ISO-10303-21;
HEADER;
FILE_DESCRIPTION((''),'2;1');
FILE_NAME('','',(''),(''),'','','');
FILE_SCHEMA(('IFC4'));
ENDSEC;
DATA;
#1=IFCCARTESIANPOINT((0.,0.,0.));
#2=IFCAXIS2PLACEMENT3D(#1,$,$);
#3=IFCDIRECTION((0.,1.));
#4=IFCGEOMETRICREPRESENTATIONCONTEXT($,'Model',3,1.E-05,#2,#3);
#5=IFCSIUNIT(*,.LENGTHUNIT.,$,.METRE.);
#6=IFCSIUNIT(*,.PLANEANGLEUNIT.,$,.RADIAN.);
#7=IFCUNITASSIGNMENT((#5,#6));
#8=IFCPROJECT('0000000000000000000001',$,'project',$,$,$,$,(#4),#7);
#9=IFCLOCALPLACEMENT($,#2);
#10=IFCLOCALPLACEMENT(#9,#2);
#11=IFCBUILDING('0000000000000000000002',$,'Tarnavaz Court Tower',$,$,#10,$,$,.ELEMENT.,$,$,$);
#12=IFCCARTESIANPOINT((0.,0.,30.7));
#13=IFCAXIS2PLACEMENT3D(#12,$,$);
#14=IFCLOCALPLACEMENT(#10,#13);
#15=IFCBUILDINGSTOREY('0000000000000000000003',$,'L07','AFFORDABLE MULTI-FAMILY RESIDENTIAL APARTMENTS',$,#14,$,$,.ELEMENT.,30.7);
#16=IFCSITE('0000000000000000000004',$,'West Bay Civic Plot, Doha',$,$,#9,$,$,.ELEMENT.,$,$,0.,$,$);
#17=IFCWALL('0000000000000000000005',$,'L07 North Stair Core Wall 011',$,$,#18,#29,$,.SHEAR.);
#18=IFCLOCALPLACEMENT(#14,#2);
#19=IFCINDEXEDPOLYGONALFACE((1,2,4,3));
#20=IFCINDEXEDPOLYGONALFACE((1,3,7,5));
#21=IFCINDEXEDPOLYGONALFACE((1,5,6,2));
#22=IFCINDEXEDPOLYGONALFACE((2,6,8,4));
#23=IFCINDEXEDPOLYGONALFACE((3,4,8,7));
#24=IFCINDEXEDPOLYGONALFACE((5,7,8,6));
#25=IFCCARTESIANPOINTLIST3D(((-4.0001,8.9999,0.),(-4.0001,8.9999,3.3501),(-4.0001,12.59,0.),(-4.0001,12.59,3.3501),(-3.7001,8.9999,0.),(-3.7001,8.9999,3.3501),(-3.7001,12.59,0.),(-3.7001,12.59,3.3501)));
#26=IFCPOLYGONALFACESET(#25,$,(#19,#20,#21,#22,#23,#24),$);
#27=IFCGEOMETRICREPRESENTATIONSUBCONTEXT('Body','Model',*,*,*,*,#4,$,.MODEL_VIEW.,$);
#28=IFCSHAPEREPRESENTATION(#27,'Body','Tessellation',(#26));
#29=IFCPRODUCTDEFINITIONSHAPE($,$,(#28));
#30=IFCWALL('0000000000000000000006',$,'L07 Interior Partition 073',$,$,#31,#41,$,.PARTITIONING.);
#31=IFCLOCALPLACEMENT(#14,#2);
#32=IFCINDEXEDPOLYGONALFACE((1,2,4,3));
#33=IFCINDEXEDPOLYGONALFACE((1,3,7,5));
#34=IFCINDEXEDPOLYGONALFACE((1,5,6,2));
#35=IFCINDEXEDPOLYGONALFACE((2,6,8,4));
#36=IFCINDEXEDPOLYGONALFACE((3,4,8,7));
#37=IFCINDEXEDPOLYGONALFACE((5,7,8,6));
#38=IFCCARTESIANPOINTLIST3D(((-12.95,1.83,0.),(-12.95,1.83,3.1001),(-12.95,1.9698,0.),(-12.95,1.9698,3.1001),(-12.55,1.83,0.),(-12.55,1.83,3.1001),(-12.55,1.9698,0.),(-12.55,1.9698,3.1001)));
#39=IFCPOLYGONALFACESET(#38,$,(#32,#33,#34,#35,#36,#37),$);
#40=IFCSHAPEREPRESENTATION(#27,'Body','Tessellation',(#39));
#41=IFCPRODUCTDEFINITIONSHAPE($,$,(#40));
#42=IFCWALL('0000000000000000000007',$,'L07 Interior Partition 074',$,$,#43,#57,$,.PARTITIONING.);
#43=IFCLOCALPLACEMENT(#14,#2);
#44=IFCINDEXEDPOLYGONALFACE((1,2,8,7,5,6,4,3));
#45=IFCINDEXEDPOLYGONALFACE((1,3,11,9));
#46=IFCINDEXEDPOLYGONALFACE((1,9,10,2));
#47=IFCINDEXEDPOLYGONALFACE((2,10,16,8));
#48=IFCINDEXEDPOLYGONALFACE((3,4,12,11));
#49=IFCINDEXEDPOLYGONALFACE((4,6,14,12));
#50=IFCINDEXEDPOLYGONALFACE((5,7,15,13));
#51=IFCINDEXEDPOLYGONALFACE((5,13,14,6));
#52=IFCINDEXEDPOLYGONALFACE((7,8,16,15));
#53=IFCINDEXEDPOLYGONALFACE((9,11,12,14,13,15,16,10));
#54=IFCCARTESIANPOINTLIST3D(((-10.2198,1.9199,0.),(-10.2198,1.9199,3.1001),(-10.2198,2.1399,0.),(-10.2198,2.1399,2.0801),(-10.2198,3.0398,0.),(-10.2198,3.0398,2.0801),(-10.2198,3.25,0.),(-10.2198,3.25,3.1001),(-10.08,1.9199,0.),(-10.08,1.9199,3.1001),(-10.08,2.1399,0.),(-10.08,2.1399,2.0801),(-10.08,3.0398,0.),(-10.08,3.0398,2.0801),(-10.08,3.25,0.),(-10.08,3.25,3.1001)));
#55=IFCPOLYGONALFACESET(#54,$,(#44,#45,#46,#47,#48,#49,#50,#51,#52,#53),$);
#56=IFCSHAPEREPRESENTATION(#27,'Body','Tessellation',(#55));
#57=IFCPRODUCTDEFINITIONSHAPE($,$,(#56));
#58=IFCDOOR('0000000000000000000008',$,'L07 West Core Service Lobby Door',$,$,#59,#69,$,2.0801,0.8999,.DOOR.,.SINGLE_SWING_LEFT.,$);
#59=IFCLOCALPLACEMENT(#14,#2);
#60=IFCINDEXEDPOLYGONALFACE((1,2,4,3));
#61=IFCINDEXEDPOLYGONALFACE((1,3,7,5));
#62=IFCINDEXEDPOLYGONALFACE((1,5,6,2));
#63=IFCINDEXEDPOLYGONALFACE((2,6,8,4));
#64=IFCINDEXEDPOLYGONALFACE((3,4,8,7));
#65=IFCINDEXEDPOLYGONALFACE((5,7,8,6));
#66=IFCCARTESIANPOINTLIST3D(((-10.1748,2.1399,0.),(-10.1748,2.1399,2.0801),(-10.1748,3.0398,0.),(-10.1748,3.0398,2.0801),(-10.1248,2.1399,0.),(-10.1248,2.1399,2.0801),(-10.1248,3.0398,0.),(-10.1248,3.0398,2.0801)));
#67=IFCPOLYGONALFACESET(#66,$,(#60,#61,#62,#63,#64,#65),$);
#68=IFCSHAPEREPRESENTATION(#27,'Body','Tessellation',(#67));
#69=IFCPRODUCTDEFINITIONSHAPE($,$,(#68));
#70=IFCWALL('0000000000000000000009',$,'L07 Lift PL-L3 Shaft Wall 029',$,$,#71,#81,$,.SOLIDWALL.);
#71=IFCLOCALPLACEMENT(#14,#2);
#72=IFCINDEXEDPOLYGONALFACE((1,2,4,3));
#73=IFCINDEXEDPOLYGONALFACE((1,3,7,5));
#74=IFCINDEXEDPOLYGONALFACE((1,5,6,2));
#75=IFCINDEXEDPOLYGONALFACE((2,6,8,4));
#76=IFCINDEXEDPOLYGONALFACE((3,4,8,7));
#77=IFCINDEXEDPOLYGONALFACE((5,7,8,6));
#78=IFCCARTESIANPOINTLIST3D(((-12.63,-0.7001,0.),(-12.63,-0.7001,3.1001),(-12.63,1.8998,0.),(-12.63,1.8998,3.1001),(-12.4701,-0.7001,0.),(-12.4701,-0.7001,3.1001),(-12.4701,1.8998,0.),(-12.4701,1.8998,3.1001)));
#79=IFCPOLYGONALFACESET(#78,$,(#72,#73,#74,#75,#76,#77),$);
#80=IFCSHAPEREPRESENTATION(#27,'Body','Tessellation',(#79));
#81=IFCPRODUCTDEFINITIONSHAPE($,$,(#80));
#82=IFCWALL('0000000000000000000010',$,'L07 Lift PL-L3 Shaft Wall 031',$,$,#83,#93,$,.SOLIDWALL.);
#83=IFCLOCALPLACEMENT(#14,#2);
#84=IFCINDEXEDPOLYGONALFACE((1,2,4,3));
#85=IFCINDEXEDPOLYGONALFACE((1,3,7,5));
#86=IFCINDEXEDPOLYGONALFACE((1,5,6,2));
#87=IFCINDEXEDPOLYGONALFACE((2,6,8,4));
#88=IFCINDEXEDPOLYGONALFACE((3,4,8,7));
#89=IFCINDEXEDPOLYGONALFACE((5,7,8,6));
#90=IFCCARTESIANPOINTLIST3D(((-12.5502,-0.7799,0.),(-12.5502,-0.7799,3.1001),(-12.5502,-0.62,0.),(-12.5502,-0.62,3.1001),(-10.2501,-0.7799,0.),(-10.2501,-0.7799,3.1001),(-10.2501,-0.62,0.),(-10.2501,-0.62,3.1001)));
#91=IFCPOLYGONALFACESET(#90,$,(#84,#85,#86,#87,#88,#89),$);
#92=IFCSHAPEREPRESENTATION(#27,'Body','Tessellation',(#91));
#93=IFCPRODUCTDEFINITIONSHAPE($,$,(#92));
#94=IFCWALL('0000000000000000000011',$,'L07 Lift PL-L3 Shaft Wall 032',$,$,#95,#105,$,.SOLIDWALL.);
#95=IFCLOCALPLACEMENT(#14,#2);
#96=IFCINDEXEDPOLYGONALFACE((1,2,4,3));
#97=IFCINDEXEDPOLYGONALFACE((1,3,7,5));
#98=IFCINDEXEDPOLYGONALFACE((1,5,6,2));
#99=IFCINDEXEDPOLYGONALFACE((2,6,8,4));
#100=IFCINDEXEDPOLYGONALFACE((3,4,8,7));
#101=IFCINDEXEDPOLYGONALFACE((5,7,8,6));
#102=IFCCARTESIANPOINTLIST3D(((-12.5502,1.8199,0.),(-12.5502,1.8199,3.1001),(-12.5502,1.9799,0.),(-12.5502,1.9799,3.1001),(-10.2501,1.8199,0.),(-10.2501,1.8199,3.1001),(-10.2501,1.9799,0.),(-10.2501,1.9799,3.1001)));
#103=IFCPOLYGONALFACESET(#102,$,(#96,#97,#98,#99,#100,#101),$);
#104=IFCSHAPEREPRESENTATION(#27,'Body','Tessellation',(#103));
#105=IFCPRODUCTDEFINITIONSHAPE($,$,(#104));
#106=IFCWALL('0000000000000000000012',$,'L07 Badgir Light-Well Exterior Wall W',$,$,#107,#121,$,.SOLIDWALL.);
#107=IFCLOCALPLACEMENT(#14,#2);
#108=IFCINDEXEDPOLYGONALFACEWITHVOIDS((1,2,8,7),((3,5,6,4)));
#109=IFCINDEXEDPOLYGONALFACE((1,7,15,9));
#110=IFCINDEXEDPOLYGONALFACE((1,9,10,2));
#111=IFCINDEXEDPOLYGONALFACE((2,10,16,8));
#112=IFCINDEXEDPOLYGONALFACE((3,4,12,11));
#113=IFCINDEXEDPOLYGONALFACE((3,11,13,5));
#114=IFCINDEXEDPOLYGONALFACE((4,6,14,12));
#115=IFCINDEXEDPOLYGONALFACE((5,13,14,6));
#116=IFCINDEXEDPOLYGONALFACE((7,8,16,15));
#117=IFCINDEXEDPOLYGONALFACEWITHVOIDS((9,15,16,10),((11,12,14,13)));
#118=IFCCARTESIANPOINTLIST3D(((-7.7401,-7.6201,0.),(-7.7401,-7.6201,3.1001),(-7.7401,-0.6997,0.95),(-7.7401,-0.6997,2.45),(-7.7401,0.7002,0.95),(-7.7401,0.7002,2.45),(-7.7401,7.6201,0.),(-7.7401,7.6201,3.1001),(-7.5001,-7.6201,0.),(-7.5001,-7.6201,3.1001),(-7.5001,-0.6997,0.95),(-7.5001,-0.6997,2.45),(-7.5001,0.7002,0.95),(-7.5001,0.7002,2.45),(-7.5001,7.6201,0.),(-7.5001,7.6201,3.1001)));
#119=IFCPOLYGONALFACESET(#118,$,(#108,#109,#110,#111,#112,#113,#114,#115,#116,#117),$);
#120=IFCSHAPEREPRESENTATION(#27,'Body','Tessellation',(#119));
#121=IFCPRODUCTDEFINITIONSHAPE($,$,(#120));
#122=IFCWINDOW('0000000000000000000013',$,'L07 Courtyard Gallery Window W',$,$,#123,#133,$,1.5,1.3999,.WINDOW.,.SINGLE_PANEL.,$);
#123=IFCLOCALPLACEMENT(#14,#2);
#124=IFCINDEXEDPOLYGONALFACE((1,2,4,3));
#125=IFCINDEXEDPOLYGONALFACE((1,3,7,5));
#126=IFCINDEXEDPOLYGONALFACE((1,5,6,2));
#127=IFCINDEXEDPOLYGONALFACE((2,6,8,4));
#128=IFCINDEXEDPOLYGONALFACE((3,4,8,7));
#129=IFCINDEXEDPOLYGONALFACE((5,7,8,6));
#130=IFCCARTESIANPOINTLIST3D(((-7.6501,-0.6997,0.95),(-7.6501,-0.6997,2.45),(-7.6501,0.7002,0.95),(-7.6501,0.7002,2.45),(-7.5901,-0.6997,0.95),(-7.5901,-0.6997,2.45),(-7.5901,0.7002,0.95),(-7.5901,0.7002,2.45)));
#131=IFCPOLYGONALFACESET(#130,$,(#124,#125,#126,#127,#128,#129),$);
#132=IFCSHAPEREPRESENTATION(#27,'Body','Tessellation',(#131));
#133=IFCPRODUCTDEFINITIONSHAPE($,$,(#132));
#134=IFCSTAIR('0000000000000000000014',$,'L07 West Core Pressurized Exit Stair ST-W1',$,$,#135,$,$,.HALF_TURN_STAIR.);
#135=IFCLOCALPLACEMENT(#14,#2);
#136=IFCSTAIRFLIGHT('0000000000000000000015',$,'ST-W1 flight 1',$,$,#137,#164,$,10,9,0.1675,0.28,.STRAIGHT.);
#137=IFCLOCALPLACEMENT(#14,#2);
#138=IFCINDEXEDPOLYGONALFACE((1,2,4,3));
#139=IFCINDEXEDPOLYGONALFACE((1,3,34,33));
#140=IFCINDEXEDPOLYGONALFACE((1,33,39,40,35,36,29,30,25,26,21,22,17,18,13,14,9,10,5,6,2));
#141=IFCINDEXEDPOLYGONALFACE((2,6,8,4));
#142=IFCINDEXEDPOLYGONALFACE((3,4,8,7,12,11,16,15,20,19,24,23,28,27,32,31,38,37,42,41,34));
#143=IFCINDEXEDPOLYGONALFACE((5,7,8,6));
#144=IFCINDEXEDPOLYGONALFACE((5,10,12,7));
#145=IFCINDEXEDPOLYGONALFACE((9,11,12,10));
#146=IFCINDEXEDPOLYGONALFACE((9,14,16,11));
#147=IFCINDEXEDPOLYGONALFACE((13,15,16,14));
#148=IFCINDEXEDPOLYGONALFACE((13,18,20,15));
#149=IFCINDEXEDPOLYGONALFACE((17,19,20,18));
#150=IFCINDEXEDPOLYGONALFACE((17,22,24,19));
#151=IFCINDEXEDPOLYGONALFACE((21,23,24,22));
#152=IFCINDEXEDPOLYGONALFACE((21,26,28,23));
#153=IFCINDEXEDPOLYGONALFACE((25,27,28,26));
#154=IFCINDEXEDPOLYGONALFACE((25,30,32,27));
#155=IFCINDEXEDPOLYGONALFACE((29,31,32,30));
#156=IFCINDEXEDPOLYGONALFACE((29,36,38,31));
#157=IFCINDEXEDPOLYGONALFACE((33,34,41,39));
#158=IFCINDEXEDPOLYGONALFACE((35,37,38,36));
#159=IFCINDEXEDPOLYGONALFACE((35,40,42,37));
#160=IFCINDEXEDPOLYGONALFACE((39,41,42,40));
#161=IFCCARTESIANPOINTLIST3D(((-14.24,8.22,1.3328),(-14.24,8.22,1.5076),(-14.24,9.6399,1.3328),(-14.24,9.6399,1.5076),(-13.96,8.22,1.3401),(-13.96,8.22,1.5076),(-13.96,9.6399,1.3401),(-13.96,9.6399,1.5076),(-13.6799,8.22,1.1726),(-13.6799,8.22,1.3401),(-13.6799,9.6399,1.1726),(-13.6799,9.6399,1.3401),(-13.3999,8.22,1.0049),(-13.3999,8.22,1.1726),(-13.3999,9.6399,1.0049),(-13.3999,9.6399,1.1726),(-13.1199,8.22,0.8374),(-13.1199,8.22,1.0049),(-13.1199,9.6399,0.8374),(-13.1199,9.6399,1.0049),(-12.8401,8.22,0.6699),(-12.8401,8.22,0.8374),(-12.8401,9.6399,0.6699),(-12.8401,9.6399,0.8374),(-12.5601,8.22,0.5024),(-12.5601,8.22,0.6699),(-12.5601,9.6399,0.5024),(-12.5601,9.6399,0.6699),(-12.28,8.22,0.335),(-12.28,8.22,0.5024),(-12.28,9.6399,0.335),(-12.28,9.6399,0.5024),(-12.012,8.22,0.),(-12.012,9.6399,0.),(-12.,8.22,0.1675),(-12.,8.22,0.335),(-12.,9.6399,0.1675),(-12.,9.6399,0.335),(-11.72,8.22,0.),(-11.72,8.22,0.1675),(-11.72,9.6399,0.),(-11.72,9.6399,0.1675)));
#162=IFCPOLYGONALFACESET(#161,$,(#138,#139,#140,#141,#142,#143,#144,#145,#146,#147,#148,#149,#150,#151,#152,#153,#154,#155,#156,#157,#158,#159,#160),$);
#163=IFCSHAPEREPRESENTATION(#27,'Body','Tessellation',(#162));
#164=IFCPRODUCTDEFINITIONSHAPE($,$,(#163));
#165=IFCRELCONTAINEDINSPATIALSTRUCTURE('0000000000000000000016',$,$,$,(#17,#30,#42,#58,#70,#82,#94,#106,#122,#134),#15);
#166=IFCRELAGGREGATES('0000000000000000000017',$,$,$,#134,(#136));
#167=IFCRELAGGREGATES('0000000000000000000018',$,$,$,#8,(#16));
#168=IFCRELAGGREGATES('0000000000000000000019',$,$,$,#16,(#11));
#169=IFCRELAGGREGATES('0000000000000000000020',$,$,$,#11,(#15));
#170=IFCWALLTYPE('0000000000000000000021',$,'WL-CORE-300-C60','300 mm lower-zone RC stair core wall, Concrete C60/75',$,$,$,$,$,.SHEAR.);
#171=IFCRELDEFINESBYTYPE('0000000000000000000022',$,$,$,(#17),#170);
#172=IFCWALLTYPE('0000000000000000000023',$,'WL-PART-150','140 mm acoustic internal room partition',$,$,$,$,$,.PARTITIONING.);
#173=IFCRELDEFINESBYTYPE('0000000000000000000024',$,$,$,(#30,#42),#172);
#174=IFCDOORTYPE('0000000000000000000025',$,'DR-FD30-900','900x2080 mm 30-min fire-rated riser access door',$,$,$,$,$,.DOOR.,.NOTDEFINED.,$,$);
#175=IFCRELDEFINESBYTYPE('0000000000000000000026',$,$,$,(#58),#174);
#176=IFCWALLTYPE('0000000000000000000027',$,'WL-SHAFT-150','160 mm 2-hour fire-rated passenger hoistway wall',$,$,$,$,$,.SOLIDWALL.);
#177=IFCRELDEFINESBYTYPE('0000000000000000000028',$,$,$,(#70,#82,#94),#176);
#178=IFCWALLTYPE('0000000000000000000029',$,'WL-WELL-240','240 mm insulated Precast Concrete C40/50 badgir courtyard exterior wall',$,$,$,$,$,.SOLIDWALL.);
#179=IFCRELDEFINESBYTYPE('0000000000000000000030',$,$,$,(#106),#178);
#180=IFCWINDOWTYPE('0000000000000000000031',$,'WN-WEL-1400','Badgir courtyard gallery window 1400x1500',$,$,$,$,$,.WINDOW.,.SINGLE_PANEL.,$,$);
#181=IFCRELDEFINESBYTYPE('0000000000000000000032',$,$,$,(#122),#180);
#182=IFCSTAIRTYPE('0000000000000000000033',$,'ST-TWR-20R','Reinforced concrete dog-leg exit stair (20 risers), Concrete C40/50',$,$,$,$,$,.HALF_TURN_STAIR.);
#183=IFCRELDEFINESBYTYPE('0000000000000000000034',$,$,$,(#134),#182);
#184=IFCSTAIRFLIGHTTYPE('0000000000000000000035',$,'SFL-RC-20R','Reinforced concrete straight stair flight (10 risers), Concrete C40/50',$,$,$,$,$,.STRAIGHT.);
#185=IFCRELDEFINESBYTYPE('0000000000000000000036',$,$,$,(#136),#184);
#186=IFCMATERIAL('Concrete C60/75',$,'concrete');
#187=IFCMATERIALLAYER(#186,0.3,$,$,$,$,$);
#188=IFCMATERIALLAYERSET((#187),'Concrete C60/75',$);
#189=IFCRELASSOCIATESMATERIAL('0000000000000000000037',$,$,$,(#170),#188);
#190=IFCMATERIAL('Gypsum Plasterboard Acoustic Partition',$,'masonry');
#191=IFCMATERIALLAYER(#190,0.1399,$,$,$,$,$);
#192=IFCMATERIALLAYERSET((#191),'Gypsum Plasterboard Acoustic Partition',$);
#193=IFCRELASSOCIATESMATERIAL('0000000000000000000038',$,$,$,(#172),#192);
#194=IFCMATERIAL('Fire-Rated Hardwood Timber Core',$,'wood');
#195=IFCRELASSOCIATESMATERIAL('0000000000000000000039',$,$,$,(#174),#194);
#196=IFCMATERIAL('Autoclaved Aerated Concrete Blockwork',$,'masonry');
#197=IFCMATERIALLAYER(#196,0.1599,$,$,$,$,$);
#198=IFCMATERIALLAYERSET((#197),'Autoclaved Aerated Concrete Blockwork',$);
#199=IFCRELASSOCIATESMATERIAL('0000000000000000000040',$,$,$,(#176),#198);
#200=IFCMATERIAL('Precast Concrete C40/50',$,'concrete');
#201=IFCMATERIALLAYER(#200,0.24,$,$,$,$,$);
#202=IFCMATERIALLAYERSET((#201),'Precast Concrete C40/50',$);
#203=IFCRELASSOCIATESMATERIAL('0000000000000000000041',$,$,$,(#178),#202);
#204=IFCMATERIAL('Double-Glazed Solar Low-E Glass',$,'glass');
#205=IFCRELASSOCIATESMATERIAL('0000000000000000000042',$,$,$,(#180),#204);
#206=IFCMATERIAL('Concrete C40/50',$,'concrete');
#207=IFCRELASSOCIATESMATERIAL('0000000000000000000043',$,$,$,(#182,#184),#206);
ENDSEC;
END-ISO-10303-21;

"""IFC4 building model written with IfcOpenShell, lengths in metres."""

from ifc_helpers import new_model, si_unit, direction, frame, frame_2d, origin, place, context, subcontext, project, spatial, polyline, rectangle, outline, extrude, material, layer, layer_set, type_object, element, fill, aggregate, save


model = new_model("IFC4")

# Units and contexts
model_context = context("Model", 3, precision=1e-05, world=origin(), true_north=direction((0.0, 1.0)))
body_context = subcontext(model_context, "Body", "Model", "MODEL_VIEW")
ifc_project = project(units=[si_unit("LENGTHUNIT", "METRE"), si_unit("PLANEANGLEUNIT", "RADIAN")], contexts=[model_context])

# Site, building, storey
site_placement = place(None, origin())
site = spatial("IfcSite", under=ifc_project, at=site_placement, Name="West Bay Civic Plot, Doha", CompositionType="ELEMENT", RefElevation=0.0)
building_placement = place(site_placement, origin())
building = spatial("IfcBuilding", under=site, at=building_placement, Name="Tarnavaz Court Tower", CompositionType="ELEMENT")
storey_placement = place(building_placement, frame((0.0, 0.0, 30.7)))
storey = spatial("IfcBuildingStorey", under=building, at=storey_placement, Name="L07", Description="AFFORDABLE MULTI-FAMILY RESIDENTIAL APARTMENTS", CompositionType="ELEMENT", Elevation=30.7)

# Shared definitions
ifc_material_1 = material(Name="Concrete C60/75", Category="concrete")

# Shared definitions
ifc_layer_1 = layer(ifc_material_1, 0.3)
ifc_layer_set_1 = layer_set([ifc_layer_1], Name="Concrete C60/75")
wall_type_1 = type_object("IfcWallType", Name="WL-CORE-300-C60", Description="300 mm lower-zone RC stair core wall, Concrete C60/75", PredefinedType="SHEAR", material=ifc_layer_set_1)

# Shared definitions
ifc_material_2 = material(Name="Fire-Rated Hardwood Timber Core", Category="wood")

# Wall
wall_1_placement = place(storey_placement, frame((-3.8501, 9.0, 0.0), z_axis=(0.0, 0.0, 1.0), x_axis=(0.0, 1.0, 0.0)))
element("IfcWall", 1, at=wall_1_placement, inside=storey, type_object=wall_type_1, Name="L07 North Stair Core Wall 011", PredefinedType="SHEAR", context=body_context, shape_type="SweptSolid", body=[
    extrude(rectangle(XDim=3.5901, YDim=0.3, at=frame_2d((1.7949, 0.0))), origin(), (0.0, 0.0, 1.0), 3.3501),
])

# Shared definitions
ifc_material_3 = material(Name="Autoclaved Aerated Concrete Blockwork", Category="masonry")

# Wall
ifc_material_4 = material(Name="Gypsum Plasterboard Acoustic Partition", Category="masonry")
ifc_layer_2 = layer(ifc_material_4, 0.1399)
ifc_layer_set_2 = layer_set([ifc_layer_2], Name="Gypsum Plasterboard Acoustic Partition")
wall_type_2 = type_object("IfcWallType", Name="WL-PART-150", Description="140 mm acoustic internal room partition", PredefinedType="PARTITIONING", material=ifc_layer_set_2)
wall_2_placement = place(storey_placement, frame((-12.95, 1.8999, 0.0), z_axis=(0.0, 0.0, 1.0), x_axis=(1.0, 0.0, 0.0)))
element("IfcWall", 2, at=wall_2_placement, inside=storey, type_object=wall_type_2, Name="L07 Interior Partition 073", PredefinedType="PARTITIONING", context=body_context, shape_type="SweptSolid", body=[
    extrude(rectangle(XDim=0.3999, YDim=0.1399, at=frame_2d((0.2, 0.0))), origin(), (0.0, 0.0, 1.0), 3.1001),
])

# Wall, opening, door
wall_3_placement = place(storey_placement, frame((-10.1499, 1.9199, 0.0), z_axis=(0.0, 0.0, 1.0), x_axis=(0.0, 1.0, 0.0)))
wall_3 = element("IfcWall", 3, at=wall_3_placement, inside=storey, type_object=wall_type_2, Name="L07 Interior Partition 074", PredefinedType="PARTITIONING", context=body_context, shape_type="SweptSolid", body=[
    extrude(rectangle(XDim=1.3301, YDim=0.1399, at=frame_2d((0.665, 0.0))), origin(), (0.0, 0.0, 1.0), 3.1001),
])
opening_1_placement = place(wall_3_placement, frame((0.22, 0.0, 0.0)))
opening_1 = element("IfcOpeningElement", 4, at=opening_1_placement, cuts=wall_3, PredefinedType="OPENING", context=body_context, shape_type="SweptSolid", body=[
    extrude(rectangle(XDim=0.8999, YDim=2.0801, at=frame_2d((0.45, 1.04))), frame((0.0, 0.0798, 0.0), z_axis=(0.0, -1.0, 0.0), x_axis=(1.0, 0.0, 0.0)), (0.0, 0.0, 1.0), 0.1599),
])
door_type_1 = type_object("IfcDoorType", Name="DR-FD30-900", Description="900x2080 mm 30-min fire-rated riser access door", OperationType="NOTDEFINED", PredefinedType="DOOR", material=ifc_material_2)
door_1_placement = place(opening_1_placement, origin())
door_1 = element("IfcDoor", 5, at=door_1_placement, inside=storey, type_object=door_type_1, Name="L07 West Core Service Lobby Door", OperationType="SINGLE_SWING_LEFT", OverallHeight=2.0801, OverallWidth=0.8999, PredefinedType="DOOR", context=body_context, shape_type="SweptSolid", body=[
    extrude(rectangle(XDim=0.8999, YDim=2.0801, at=frame_2d((0.45, 1.04))), frame((0.0, 0.0249, 0.0), z_axis=(0.0, -1.0, 0.0), x_axis=(1.0, 0.0, 0.0)), (0.0, 0.0, 1.0), 0.05),
])
fill(opening_1, door_1)

# Wall
ifc_layer_3 = layer(ifc_material_3, 0.1599)
ifc_layer_set_3 = layer_set([ifc_layer_3], Name="Autoclaved Aerated Concrete Blockwork")
wall_type_3 = type_object("IfcWallType", Name="WL-SHAFT-150", Description="160 mm 2-hour fire-rated passenger hoistway wall", PredefinedType="SOLIDWALL", material=ifc_layer_set_3)
wall_4_placement = place(storey_placement, frame((-12.55, -0.7, 0.0), z_axis=(0.0, 0.0, 1.0), x_axis=(0.0, 1.0, 0.0)))
element("IfcWall", 6, at=wall_4_placement, inside=storey, type_object=wall_type_3, Name="L07 Lift PL-L3 Shaft Wall 029", PredefinedType="SOLIDWALL", context=body_context, shape_type="SweptSolid", body=[
    extrude(rectangle(XDim=2.5999, YDim=0.1599, at=frame_2d((1.2998, 0.0))), origin(), (0.0, 0.0, 1.0), 3.1001),
])

# Walls
for number, where, z_axis, x_axis, name in (
    (7, (-12.55, -0.7, 0.0), (0.0, 0.0, 1.0), (1.0, 0.0, 0.0), "L07 Lift PL-L3 Shaft Wall 031"),
    (8, (-12.55, 1.8999, 0.0), (0.0, 0.0, 1.0), (1.0, 0.0, 0.0), "L07 Lift PL-L3 Shaft Wall 032"),
):
    element("IfcWall", number, at=place(storey_placement, frame(where, z_axis=z_axis, x_axis=x_axis)), inside=storey, type_object=wall_type_3, Name=name, PredefinedType="SOLIDWALL", context=body_context, shape_type="SweptSolid", body=[
        extrude(rectangle(XDim=2.3, YDim=0.1599, at=frame_2d((1.1499, 0.0))), origin(), (0.0, 0.0, 1.0), 3.1001),
    ])

# Wall, opening, window
ifc_material_5 = material(Name="Precast Concrete C40/50", Category="concrete")
ifc_layer_4 = layer(ifc_material_5, 0.24)
ifc_layer_set_4 = layer_set([ifc_layer_4], Name="Precast Concrete C40/50")
wall_type_4 = type_object("IfcWallType", Name="WL-WELL-240", Description="240 mm insulated Precast Concrete C40/50 badgir courtyard exterior wall", PredefinedType="SOLIDWALL", material=ifc_layer_set_4)
wall_5_placement = place(storey_placement, frame((-7.6201, 7.6201, 0.0), z_axis=(0.0, 0.0, 1.0), x_axis=(0.0, -1.0, 0.0)))
wall_5 = element("IfcWall", 9, at=wall_5_placement, inside=storey, type_object=wall_type_4, Name="L07 Badgir Light-Well Exterior Wall W", PredefinedType="SOLIDWALL", context=body_context, shape_type="SweptSolid", body=[
    extrude(rectangle(XDim=15.2402, YDim=0.24, at=frame_2d((7.6201, 0.0))), origin(), (0.0, 0.0, 1.0), 3.1001),
])
opening_2_placement = place(wall_5_placement, frame((6.9199, 0.0, 0.95)))
opening_2 = element("IfcOpeningElement", 10, at=opening_2_placement, cuts=wall_5, PredefinedType="OPENING", context=body_context, shape_type="SweptSolid", body=[
    extrude(rectangle(XDim=1.3999, YDim=1.5, at=frame_2d((0.7, 0.75))), frame((0.0, 0.1299, 0.0), z_axis=(0.0, -1.0, 0.0), x_axis=(1.0, 0.0, 0.0)), (0.0, 0.0, 1.0), 0.26),
])
ifc_material_6 = material(Name="Double-Glazed Solar Low-E Glass", Category="glass")
window_type = type_object("IfcWindowType", Name="WN-WEL-1400", Description="Badgir courtyard gallery window 1400x1500", PartitioningType="SINGLE_PANEL", PredefinedType="WINDOW", material=ifc_material_6)
window_placement = place(opening_2_placement, origin())
window = element("IfcWindow", 11, at=window_placement, inside=storey, type_object=window_type, Name="L07 Courtyard Gallery Window W", OverallHeight=1.5, OverallWidth=1.3999, PartitioningType="SINGLE_PANEL", PredefinedType="WINDOW", context=body_context, shape_type="SweptSolid", body=[
    extrude(rectangle(XDim=1.3999, YDim=1.5, at=frame_2d((0.7, 0.75))), frame((0.0, 0.03, 0.0), z_axis=(0.0, -1.0, 0.0), x_axis=(1.0, 0.0, 0.0)), (0.0, 0.0, 1.0), 0.0601),
])
fill(opening_2, window)

# Stair, stair flight
ifc_material_7 = material(Name="Concrete C40/50", Category="concrete")
stair_type = type_object("IfcStairType", Name="ST-TWR-20R", Description="Reinforced concrete dog-leg exit stair (20 risers), Concrete C40/50", PredefinedType="HALF_TURN_STAIR", material=ifc_material_7)
stair_1_placement = place(storey_placement, origin())
stair_1 = element("IfcStair", 12, at=stair_1_placement, inside=storey, type_object=stair_type, Name="L07 West Core Pressurized Exit Stair ST-W1", PredefinedType="HALF_TURN_STAIR")
stair_flight_type = type_object("IfcStairFlightType", Name="SFL-RC-20R", Description="Reinforced concrete straight stair flight (10 risers), Concrete C40/50", PredefinedType="STRAIGHT", material=ifc_material_7)
stair_flight_1_placement = place(storey_placement, frame((-11.72, 8.9299, 0.0), z_axis=(0.0, 0.0, 1.0), x_axis=(-1.0, 0.0, 0.0)))
stair_flight_1 = element("IfcStairFlight", 13, at=stair_flight_1_placement, type_object=stair_flight_type, Name="ST-W1 flight 1", NumberOfRisers=10, NumberOfTreads=9, PredefinedType="STRAIGHT", RiserHeight=0.1675, TreadLength=0.28, context=body_context, shape_type="SweptSolid", body=[
    extrude(outline(polyline([(0.0, 0.0), (0.0, 0.1675), (0.28, 0.1675), (0.28, 0.335), (0.5601, 0.335), (0.5601, 0.5024), (0.8401, 0.5024), (0.8401, 0.6699), (1.1201, 0.6699), (1.1201, 0.8374), (1.3999, 0.8374), (1.3999, 1.0049), (1.6799, 1.0049), (1.6799, 1.1726), (1.96, 1.1726), (1.96, 1.3401), (2.24, 1.3401), (2.24, 1.5076), (2.52, 1.5076), (2.52, 1.675), (2.52, 1.3328), (0.292, 0.0), (0.0, 0.0)])), frame((0.0, 0.71, 0.0), z_axis=(0.0, -1.0, 0.0), x_axis=(1.0, 0.0, 0.0)), (0.0, 0.0, 1.0), 1.4199),
])
aggregate(stair_1, [stair_flight_1])

save(model, "model.ifc")
